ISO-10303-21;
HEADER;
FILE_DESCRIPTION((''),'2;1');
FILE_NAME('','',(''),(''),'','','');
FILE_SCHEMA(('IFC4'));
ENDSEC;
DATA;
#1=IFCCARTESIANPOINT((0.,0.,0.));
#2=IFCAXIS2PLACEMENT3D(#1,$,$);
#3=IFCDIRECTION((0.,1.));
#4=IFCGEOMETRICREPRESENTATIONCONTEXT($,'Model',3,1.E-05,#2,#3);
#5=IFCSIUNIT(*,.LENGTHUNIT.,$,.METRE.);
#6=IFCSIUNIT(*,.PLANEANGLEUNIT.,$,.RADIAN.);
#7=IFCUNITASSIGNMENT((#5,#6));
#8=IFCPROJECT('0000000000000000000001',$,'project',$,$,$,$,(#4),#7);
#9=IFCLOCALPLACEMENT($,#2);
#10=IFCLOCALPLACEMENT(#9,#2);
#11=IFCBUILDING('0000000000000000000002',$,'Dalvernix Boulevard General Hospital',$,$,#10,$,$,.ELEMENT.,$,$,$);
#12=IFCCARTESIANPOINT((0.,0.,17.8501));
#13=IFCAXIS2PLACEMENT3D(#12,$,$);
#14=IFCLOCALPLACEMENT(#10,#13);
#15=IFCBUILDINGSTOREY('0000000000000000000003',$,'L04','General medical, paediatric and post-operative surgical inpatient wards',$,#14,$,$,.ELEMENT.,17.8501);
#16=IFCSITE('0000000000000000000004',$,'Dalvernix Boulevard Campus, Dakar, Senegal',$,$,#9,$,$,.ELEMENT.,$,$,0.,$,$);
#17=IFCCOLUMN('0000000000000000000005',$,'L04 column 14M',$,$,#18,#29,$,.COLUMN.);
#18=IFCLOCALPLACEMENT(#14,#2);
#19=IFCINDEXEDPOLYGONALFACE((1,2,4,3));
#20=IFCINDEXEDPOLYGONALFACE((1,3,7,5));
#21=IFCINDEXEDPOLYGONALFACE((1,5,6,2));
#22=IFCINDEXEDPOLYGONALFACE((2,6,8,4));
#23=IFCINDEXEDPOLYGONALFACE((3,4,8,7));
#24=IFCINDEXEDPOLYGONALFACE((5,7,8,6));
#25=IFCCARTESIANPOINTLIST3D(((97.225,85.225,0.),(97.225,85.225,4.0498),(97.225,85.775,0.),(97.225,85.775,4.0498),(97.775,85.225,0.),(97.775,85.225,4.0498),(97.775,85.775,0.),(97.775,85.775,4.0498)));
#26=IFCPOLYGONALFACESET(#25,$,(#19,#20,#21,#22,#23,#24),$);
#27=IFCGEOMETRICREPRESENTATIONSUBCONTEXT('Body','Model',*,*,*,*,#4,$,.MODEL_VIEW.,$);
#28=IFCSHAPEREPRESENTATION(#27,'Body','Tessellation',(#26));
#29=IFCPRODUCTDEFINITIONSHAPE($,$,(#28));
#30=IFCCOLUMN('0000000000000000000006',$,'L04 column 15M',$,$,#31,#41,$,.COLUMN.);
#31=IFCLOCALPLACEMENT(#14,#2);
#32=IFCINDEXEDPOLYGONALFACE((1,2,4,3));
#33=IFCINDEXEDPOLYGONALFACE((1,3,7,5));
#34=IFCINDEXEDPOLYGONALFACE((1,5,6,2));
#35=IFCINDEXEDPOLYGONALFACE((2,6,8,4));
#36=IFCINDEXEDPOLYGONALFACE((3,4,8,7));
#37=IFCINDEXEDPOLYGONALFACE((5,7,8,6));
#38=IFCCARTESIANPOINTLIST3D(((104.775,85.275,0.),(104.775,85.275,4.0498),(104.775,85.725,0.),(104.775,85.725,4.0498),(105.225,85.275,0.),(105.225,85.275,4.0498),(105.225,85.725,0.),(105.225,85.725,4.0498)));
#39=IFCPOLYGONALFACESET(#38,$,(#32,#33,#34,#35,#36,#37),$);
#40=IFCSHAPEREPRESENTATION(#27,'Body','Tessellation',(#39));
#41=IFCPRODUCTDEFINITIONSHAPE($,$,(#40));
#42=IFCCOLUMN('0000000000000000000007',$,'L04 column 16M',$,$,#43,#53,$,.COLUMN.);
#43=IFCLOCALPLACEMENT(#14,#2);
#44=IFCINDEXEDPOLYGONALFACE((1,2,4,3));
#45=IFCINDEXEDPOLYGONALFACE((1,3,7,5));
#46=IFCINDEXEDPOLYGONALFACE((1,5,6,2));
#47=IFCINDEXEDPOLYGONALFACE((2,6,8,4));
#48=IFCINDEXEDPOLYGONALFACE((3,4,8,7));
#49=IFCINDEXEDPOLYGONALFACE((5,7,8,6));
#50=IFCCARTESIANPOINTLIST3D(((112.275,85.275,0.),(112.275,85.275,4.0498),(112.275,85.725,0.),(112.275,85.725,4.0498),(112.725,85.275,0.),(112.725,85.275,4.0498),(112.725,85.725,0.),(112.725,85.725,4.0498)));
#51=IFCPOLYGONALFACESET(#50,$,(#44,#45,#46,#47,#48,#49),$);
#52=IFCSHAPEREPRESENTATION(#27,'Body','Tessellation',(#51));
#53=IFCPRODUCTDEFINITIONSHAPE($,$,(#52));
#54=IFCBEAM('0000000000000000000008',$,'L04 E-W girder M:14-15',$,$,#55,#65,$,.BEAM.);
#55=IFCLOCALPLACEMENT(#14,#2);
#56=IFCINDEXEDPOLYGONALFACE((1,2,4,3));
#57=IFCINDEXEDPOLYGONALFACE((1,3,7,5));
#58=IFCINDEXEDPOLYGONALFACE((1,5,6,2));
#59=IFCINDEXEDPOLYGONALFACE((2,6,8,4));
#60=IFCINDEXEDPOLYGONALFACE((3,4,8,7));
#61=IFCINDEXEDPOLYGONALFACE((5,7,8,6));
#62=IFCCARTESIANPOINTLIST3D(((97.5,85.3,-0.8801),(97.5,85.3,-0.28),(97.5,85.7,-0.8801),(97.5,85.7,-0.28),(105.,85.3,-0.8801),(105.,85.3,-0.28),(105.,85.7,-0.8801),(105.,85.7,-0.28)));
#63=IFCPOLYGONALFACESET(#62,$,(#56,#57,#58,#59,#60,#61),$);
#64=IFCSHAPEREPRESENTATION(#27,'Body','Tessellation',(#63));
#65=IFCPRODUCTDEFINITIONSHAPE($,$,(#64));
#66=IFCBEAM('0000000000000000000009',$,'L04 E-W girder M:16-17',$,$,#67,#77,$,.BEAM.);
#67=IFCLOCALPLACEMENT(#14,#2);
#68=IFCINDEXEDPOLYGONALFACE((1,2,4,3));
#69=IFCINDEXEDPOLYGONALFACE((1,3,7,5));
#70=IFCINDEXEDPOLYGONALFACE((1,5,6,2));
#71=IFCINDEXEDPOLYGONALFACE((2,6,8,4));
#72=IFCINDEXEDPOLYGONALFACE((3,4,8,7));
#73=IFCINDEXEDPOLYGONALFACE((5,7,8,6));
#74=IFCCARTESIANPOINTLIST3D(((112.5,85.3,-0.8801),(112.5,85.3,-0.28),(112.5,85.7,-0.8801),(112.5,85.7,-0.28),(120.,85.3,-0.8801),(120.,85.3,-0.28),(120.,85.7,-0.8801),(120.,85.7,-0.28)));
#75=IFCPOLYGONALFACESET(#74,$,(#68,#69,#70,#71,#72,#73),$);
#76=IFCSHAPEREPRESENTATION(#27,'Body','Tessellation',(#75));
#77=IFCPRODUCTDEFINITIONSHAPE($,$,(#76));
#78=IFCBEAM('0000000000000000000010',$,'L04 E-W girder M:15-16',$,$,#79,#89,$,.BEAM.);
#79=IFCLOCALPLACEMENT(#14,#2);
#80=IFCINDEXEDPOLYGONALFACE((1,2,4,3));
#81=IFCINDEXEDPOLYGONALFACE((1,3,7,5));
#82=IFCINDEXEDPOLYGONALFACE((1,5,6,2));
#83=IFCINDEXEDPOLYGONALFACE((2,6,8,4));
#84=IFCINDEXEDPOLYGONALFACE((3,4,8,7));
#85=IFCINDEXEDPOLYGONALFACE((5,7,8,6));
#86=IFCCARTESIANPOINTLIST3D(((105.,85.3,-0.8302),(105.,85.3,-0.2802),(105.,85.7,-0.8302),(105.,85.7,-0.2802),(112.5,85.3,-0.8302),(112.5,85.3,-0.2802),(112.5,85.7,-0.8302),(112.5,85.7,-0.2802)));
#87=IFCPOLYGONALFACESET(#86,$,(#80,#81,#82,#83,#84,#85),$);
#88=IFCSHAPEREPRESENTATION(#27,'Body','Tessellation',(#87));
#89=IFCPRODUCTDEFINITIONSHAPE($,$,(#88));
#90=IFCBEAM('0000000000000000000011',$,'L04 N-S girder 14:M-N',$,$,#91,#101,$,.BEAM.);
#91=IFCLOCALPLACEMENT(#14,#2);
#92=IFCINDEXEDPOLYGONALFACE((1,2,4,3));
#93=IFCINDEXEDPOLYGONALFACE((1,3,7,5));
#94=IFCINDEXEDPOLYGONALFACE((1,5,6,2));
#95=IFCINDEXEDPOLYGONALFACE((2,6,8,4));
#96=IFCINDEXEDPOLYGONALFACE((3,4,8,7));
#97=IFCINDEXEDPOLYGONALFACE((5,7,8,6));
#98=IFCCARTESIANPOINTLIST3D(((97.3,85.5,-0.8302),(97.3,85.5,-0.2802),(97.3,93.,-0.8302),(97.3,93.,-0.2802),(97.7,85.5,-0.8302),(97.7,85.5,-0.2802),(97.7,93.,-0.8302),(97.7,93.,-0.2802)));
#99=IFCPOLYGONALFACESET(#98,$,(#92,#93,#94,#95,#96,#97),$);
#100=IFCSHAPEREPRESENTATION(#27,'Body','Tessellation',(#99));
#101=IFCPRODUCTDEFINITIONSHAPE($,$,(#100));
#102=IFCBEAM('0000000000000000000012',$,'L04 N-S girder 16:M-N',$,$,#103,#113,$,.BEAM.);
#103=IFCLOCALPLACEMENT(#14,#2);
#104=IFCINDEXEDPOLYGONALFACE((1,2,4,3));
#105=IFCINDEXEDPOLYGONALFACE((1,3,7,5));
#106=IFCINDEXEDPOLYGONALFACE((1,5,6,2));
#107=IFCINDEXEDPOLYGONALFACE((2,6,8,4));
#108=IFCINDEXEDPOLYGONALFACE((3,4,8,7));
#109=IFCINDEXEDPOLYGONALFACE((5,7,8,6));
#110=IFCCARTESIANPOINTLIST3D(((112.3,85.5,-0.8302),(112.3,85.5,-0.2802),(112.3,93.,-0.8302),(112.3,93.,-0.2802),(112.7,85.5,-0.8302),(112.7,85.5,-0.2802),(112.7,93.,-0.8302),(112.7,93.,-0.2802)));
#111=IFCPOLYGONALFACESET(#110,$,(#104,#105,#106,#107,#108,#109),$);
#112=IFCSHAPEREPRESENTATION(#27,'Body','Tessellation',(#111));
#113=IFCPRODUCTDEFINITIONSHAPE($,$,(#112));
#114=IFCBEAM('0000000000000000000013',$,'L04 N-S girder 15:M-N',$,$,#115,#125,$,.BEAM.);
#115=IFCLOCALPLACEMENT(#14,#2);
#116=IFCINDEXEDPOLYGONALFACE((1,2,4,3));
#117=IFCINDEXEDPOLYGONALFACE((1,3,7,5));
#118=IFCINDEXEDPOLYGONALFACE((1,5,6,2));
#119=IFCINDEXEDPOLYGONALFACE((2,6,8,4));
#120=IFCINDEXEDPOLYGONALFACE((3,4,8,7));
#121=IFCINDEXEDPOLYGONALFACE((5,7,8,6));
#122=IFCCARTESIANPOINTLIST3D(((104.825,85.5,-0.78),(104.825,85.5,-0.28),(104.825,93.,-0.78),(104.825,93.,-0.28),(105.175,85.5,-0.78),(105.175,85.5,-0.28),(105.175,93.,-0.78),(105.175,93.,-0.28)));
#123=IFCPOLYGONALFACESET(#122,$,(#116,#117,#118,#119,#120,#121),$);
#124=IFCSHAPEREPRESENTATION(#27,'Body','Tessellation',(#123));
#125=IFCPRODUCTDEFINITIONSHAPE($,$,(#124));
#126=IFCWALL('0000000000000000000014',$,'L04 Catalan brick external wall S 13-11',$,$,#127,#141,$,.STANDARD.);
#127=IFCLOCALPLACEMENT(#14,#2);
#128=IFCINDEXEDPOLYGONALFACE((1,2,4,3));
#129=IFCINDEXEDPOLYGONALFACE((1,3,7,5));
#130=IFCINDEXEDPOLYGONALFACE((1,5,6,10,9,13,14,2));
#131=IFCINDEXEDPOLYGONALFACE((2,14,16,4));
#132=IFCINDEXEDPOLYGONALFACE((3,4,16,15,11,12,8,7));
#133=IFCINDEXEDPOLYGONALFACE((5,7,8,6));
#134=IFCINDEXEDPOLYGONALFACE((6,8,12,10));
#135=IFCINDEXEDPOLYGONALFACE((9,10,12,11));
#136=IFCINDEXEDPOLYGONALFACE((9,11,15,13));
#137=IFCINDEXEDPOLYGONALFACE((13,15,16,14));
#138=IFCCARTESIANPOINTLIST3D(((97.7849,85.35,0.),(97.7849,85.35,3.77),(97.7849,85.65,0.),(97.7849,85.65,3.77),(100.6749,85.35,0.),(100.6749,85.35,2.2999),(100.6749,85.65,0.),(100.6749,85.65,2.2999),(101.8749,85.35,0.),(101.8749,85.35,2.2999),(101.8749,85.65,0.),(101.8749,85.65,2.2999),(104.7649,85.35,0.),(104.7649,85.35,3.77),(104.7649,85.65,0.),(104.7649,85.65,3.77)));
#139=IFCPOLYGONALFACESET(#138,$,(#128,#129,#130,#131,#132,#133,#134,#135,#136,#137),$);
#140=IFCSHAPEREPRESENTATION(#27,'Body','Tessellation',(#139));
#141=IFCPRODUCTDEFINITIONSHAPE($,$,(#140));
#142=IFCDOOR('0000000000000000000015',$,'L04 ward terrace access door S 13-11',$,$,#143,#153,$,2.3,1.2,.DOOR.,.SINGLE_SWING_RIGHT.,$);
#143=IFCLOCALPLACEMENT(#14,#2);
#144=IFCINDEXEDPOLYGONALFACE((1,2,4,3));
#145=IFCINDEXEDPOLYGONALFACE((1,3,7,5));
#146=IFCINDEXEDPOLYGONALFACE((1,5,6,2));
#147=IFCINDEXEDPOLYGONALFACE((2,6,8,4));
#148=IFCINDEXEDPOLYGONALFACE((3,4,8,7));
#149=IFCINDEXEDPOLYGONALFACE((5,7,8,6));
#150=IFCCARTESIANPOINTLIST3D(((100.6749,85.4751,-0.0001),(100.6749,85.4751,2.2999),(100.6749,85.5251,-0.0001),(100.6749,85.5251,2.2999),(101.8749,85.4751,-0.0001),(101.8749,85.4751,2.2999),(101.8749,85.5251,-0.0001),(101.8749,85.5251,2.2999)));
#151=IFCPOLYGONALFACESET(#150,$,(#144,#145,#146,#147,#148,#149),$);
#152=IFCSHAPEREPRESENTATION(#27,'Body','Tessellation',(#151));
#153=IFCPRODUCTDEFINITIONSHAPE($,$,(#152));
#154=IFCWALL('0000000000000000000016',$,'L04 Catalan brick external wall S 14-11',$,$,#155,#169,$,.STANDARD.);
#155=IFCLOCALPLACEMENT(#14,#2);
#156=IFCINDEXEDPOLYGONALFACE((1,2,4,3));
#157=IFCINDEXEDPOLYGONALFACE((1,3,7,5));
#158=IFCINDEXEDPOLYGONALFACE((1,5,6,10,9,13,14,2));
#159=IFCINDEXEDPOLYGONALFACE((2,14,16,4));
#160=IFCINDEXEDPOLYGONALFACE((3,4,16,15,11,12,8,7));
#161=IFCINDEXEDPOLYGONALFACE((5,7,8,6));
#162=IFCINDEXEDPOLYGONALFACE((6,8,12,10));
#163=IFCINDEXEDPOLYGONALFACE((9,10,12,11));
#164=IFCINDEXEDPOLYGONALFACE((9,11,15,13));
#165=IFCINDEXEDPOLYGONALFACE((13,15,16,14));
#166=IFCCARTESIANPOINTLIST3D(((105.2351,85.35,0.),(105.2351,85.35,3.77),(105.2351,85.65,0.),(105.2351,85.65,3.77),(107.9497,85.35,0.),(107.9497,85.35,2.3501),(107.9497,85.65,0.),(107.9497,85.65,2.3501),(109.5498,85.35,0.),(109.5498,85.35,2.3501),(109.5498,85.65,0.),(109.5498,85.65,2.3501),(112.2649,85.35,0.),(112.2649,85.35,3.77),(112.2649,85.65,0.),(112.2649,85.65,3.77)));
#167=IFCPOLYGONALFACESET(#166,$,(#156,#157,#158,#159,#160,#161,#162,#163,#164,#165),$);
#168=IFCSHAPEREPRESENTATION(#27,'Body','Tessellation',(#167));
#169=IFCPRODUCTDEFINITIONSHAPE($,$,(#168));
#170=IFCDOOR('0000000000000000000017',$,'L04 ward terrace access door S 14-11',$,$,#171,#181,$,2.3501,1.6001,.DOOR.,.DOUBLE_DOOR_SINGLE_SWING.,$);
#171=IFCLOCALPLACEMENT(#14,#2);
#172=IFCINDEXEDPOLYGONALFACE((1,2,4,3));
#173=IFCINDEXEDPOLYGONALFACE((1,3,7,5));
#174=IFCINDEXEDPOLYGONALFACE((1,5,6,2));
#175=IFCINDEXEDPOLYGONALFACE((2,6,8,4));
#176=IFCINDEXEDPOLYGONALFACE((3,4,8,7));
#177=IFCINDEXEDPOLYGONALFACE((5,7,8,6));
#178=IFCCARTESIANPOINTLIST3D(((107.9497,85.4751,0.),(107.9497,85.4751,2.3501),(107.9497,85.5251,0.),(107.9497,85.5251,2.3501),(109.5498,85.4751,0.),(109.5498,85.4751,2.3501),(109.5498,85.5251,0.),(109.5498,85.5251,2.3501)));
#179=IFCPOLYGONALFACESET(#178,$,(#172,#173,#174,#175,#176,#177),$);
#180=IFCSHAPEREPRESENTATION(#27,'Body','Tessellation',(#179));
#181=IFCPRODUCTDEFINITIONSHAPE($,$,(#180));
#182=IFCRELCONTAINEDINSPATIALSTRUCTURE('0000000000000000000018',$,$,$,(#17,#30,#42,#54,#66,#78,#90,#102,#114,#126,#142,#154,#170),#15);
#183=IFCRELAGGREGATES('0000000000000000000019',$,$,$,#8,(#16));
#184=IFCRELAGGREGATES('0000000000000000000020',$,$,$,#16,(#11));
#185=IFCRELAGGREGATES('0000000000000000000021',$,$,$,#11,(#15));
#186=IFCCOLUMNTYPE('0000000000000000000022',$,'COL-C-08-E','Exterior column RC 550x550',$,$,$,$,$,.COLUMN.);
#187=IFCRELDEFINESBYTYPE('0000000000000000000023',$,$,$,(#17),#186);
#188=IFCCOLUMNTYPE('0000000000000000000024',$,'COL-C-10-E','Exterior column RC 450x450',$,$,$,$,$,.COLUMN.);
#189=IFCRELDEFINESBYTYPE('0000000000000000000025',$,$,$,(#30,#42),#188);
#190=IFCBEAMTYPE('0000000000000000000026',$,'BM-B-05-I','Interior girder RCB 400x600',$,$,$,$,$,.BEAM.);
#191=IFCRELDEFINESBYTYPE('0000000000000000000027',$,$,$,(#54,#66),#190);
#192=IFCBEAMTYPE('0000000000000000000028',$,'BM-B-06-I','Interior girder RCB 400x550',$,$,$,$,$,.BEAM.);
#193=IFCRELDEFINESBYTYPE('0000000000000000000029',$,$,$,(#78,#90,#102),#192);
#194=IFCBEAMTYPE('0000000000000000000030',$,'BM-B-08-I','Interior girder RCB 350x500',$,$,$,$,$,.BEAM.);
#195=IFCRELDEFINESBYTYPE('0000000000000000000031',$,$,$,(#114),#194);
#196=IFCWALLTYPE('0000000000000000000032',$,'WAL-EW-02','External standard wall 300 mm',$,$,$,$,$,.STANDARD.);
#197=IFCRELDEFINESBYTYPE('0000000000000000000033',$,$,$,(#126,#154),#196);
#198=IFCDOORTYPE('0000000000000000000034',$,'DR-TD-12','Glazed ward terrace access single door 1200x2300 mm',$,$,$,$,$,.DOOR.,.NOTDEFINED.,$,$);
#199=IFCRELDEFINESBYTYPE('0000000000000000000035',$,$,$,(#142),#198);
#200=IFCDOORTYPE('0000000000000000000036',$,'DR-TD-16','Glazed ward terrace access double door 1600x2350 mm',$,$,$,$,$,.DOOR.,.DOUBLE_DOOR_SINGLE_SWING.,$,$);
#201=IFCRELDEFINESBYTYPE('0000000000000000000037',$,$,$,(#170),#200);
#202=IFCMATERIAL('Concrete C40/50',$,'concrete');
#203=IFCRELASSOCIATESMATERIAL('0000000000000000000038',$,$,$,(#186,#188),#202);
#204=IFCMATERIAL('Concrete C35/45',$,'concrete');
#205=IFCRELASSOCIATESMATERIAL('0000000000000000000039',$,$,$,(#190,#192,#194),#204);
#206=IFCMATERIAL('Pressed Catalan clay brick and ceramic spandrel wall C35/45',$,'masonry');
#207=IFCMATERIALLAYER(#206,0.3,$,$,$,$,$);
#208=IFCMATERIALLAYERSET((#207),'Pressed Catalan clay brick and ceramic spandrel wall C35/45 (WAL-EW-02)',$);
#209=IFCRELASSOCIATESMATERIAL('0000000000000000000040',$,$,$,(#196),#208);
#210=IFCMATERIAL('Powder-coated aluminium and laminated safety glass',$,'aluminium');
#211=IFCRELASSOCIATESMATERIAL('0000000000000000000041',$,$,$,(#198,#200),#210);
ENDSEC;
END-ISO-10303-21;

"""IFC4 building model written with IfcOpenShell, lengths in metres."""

from ifc_helpers import new_model, si_unit, direction, frame, frame_2d, origin, origin_2d, place, context, subcontext, project, spatial, rectangle, extrude, material, layer, layer_set, material_profile, profile_set, type_object, element, fill, save


model = new_model("IFC4")

# Units and contexts
model_context = context("Model", 3, precision=1e-05, world=origin(), true_north=direction((0.0, 1.0)))
body_context = subcontext(model_context, "Body", "Model", "MODEL_VIEW")
ifc_project = project(units=[si_unit("LENGTHUNIT", "METRE"), si_unit("PLANEANGLEUNIT", "RADIAN")], contexts=[model_context])

# Site, building, storey
site_placement = place(None, origin())
site = spatial("IfcSite", under=ifc_project, at=site_placement, Name="Dalvernix Boulevard Campus, Dakar, Senegal", CompositionType="ELEMENT", RefElevation=0.0)
building_placement = place(site_placement, origin())
building = spatial("IfcBuilding", under=site, at=building_placement, Name="Dalvernix Boulevard General Hospital", CompositionType="ELEMENT")
storey_placement = place(building_placement, frame((0.0, 0.0, 17.8501)))
storey = spatial("IfcBuildingStorey", under=building, at=storey_placement, Name="L04", Description="General medical, paediatric and post-operative surgical inpatient wards", CompositionType="ELEMENT", Elevation=17.8501)

# Columns
ifc_material_1 = material(Name="Concrete C40/50", Category="concrete")
ifc_material_profile_1 = material_profile(ifc_material_1, rectangle(XDim=0.55, YDim=0.55, at=origin_2d()), Name="RC 550x550")
ifc_profile_set_1 = profile_set([ifc_material_profile_1], Name="Concrete C40/50")
column_type_1 = type_object("IfcColumnType", Name="COL-C-08-E", Description="Exterior column RC 550x550", PredefinedType="COLUMN", material=ifc_profile_set_1)
column_placement = place(storey_placement, frame((97.5, 85.5, 0.0), z_axis=(0.0, 0.0, 1.0), x_axis=(1.0, 0.0, 0.0)))
element("IfcColumn", 1, at=column_placement, inside=storey, type_object=column_type_1, Name="L04 column 14M", PredefinedType="COLUMN", context=body_context, shape_type="SweptSolid", body=[
    extrude(rectangle(XDim=0.55, YDim=0.55, at=origin_2d()), origin(), (0.0, 0.0, 1.0), 4.0498),
])
ifc_material_profile_2 = material_profile(ifc_material_1, rectangle(XDim=0.45, YDim=0.45, at=origin_2d()), Name="RC 450x450")
ifc_profile_set_2 = profile_set([ifc_material_profile_2], Name="Concrete C40/50")
column_type_2 = type_object("IfcColumnType", Name="COL-C-10-E", Description="Exterior column RC 450x450", PredefinedType="COLUMN", material=ifc_profile_set_2)
for number, where, z_axis, x_axis, name in (
    (2, (105.0, 85.5, 0.0), (0.0, 0.0, 1.0), (1.0, 0.0, 0.0), "L04 column 15M"),
    (3, (112.5, 85.5, 0.0), (0.0, 0.0, 1.0), (1.0, 0.0, 0.0), "L04 column 16M"),
):
    element("IfcColumn", number, at=place(storey_placement, frame(where, z_axis=z_axis, x_axis=x_axis)), inside=storey, type_object=column_type_2, Name=name, PredefinedType="COLUMN", context=body_context, shape_type="SweptSolid", body=[
        extrude(rectangle(XDim=0.45, YDim=0.45, at=origin_2d()), origin(), (0.0, 0.0, 1.0), 4.0498),
    ])

# Beams
ifc_material_2 = material(Name="Concrete C35/45", Category="concrete")
ifc_material_profile_3 = material_profile(ifc_material_2, rectangle(XDim=0.3999, YDim=0.6001, at=origin_2d()), Name="RCB 400x600")
ifc_profile_set_3 = profile_set([ifc_material_profile_3], Name="Concrete C35/45")
beam_type_1 = type_object("IfcBeamType", Name="BM-B-05-I", Description="Interior girder RCB 400x600", PredefinedType="BEAM", material=ifc_profile_set_3)
for number, where, z_axis, x_axis, name in (
    (4, (97.5, 85.5, -0.5801), (1.0, 0.0, 0.0), (0.0, 1.0, 0.0), "L04 E-W girder M:14-15"),
    (5, (112.5, 85.5, -0.5801), (1.0, 0.0, 0.0), (0.0, 1.0, 0.0), "L04 E-W girder M:16-17"),
):
    element("IfcBeam", number, at=place(storey_placement, frame(where, z_axis=z_axis, x_axis=x_axis)), inside=storey, type_object=beam_type_1, Name=name, PredefinedType="BEAM", context=body_context, shape_type="SweptSolid", body=[
        extrude(rectangle(XDim=0.3999, YDim=0.6001, at=origin_2d()), origin(), (0.0, 0.0, 1.0), 7.5),
    ])
ifc_material_profile_4 = material_profile(ifc_material_2, rectangle(XDim=0.3999, YDim=0.55, at=origin_2d()), Name="RCB 400x550")
ifc_profile_set_4 = profile_set([ifc_material_profile_4], Name="Concrete C35/45")
beam_type_2 = type_object("IfcBeamType", Name="BM-B-06-I", Description="Interior girder RCB 400x550", PredefinedType="BEAM", material=ifc_profile_set_4)
for number, where, z_axis, x_axis, name in (
    (6, (105.0, 85.5, -0.5552), (1.0, 0.0, 0.0), (0.0, 1.0, 0.0), "L04 E-W girder M:15-16"),
    (7, (97.5, 85.5, -0.5552), (0.0, 1.0, 0.0), (-1.0, 0.0, 0.0), "L04 N-S girder 14:M-N"),
    (8, (112.5, 85.5, -0.5552), (0.0, 1.0, 0.0), (-1.0, 0.0, 0.0), "L04 N-S girder 16:M-N"),
):
    element("IfcBeam", number, at=place(storey_placement, frame(where, z_axis=z_axis, x_axis=x_axis)), inside=storey, type_object=beam_type_2, Name=name, PredefinedType="BEAM", context=body_context, shape_type="SweptSolid", body=[
        extrude(rectangle(XDim=0.3999, YDim=0.55, at=origin_2d()), origin(), (0.0, 0.0, 1.0), 7.5),
    ])
ifc_material_profile_5 = material_profile(ifc_material_2, rectangle(XDim=0.3501, YDim=0.5, at=origin_2d()), Name="RCB 350x500")
ifc_profile_set_5 = profile_set([ifc_material_profile_5], Name="Concrete C35/45")
beam_type_3 = type_object("IfcBeamType", Name="BM-B-08-I", Description="Interior girder RCB 350x500", PredefinedType="BEAM", material=ifc_profile_set_5)
beam_placement = place(storey_placement, frame((105.0, 85.5, -0.53), z_axis=(0.0, 1.0, 0.0), x_axis=(-1.0, 0.0, 0.0)))
element("IfcBeam", 9, at=beam_placement, inside=storey, type_object=beam_type_3, Name="L04 N-S girder 15:M-N", PredefinedType="BEAM", context=body_context, shape_type="SweptSolid", body=[
    extrude(rectangle(XDim=0.3501, YDim=0.5, at=origin_2d()), origin(), (0.0, 0.0, 1.0), 7.5),
])

# Walls, openings, doors
ifc_material_3 = material(Name="Pressed Catalan clay brick and ceramic spandrel wall C35/45", Category="masonry")
ifc_layer_1 = layer(ifc_material_3, 0.3)
ifc_layer_set_1 = layer_set([ifc_layer_1], Name="Pressed Catalan clay brick and ceramic spandrel wall C35/45 (WAL-EW-02)")
wall_type_1 = type_object("IfcWallType", Name="WAL-EW-02", Description="External standard wall 300 mm", PredefinedType="STANDARD", material=ifc_layer_set_1)
wall_1_placement = place(storey_placement, frame((104.7649, 85.5, 0.0), z_axis=(0.0, 0.0, 1.0), x_axis=(-1.0, 0.0, 0.0)))
wall_1 = element("IfcWall", 10, at=wall_1_placement, inside=storey, type_object=wall_type_1, Name="L04 Catalan brick external wall S 13-11", PredefinedType="STANDARD", context=body_context, shape_type="SweptSolid", body=[
    extrude(rectangle(XDim=6.98, YDim=0.3, at=frame_2d((3.49, 0.0))), origin(), (0.0, 0.0, 1.0), 3.77),
])
opening_1_placement = place(wall_1_placement, frame((2.8899, 0.0, 0.0)))
opening_1 = element("IfcOpeningElement", 11, at=opening_1_placement, cuts=wall_1, PredefinedType="OPENING", context=body_context, shape_type="SweptSolid", body=[
    extrude(rectangle(XDim=1.2, YDim=2.3, at=frame_2d((0.6001, 1.1499))), frame((0.0, 0.1599, 0.0), z_axis=(0.0, -1.0, 0.0), x_axis=(1.0, 0.0, 0.0)), (0.0, 0.0, 1.0), 0.3201),
])
ifc_material_4 = material(Name="Powder-coated aluminium and laminated safety glass", Category="aluminium")
door_type_1 = type_object("IfcDoorType", Name="DR-TD-12", Description="Glazed ward terrace access single door 1200x2300 mm", OperationType="NOTDEFINED", PredefinedType="DOOR", material=ifc_material_4)
door_1_placement = place(opening_1_placement, origin())
door_1 = element("IfcDoor", 12, at=door_1_placement, inside=storey, type_object=door_type_1, Name="L04 ward terrace access door S 13-11", OperationType="SINGLE_SWING_RIGHT", OverallHeight=2.3, OverallWidth=1.2, PredefinedType="DOOR", context=body_context, shape_type="SweptSolid", body=[
    extrude(rectangle(XDim=1.2, YDim=2.3, at=frame_2d((0.6001, 1.1499))), frame((0.0, 0.0249, 0.0), z_axis=(0.0, -1.0, 0.0), x_axis=(1.0, 0.0, 0.0)), (0.0, 0.0, 1.0), 0.05),
])
fill(opening_1, door_1)
wall_2_placement = place(storey_placement, frame((112.2649, 85.5, 0.0), z_axis=(0.0, 0.0, 1.0), x_axis=(-1.0, 0.0, 0.0)))
wall_2 = element("IfcWall", 13, at=wall_2_placement, inside=storey, type_object=wall_type_1, Name="L04 Catalan brick external wall S 14-11", PredefinedType="STANDARD", context=body_context, shape_type="SweptSolid", body=[
    extrude(rectangle(XDim=7.0298, YDim=0.3, at=frame_2d((3.5149, 0.0))), origin(), (0.0, 0.0, 1.0), 3.77),
])
opening_2_placement = place(wall_2_placement, frame((2.7151, 0.0, 0.0)))
opening_2 = element("IfcOpeningElement", 14, at=opening_2_placement, cuts=wall_2, PredefinedType="OPENING", context=body_context, shape_type="SweptSolid", body=[
    extrude(rectangle(XDim=1.6001, YDim=2.3501, at=frame_2d((0.8, 1.175))), frame((0.0, 0.1599, 0.0), z_axis=(0.0, -1.0, 0.0), x_axis=(1.0, 0.0, 0.0)), (0.0, 0.0, 1.0), 0.3201),
])
door_type_2 = type_object("IfcDoorType", Name="DR-TD-16", Description="Glazed ward terrace access double door 1600x2350 mm", OperationType="DOUBLE_DOOR_SINGLE_SWING", PredefinedType="DOOR", material=ifc_material_4)
door_2_placement = place(opening_2_placement, origin())
door_2 = element("IfcDoor", 15, at=door_2_placement, inside=storey, type_object=door_type_2, Name="L04 ward terrace access door S 14-11", OperationType="DOUBLE_DOOR_SINGLE_SWING", OverallHeight=2.3501, OverallWidth=1.6001, PredefinedType="DOOR", context=body_context, shape_type="SweptSolid", body=[
    extrude(rectangle(XDim=1.6001, YDim=2.3501, at=frame_2d((0.8, 1.175))), frame((0.0, 0.0249, 0.0), z_axis=(0.0, -1.0, 0.0), x_axis=(1.0, 0.0, 0.0)), (0.0, 0.0, 1.0), 0.05),
])
fill(opening_2, door_2)

save(model, "model.ifc")
